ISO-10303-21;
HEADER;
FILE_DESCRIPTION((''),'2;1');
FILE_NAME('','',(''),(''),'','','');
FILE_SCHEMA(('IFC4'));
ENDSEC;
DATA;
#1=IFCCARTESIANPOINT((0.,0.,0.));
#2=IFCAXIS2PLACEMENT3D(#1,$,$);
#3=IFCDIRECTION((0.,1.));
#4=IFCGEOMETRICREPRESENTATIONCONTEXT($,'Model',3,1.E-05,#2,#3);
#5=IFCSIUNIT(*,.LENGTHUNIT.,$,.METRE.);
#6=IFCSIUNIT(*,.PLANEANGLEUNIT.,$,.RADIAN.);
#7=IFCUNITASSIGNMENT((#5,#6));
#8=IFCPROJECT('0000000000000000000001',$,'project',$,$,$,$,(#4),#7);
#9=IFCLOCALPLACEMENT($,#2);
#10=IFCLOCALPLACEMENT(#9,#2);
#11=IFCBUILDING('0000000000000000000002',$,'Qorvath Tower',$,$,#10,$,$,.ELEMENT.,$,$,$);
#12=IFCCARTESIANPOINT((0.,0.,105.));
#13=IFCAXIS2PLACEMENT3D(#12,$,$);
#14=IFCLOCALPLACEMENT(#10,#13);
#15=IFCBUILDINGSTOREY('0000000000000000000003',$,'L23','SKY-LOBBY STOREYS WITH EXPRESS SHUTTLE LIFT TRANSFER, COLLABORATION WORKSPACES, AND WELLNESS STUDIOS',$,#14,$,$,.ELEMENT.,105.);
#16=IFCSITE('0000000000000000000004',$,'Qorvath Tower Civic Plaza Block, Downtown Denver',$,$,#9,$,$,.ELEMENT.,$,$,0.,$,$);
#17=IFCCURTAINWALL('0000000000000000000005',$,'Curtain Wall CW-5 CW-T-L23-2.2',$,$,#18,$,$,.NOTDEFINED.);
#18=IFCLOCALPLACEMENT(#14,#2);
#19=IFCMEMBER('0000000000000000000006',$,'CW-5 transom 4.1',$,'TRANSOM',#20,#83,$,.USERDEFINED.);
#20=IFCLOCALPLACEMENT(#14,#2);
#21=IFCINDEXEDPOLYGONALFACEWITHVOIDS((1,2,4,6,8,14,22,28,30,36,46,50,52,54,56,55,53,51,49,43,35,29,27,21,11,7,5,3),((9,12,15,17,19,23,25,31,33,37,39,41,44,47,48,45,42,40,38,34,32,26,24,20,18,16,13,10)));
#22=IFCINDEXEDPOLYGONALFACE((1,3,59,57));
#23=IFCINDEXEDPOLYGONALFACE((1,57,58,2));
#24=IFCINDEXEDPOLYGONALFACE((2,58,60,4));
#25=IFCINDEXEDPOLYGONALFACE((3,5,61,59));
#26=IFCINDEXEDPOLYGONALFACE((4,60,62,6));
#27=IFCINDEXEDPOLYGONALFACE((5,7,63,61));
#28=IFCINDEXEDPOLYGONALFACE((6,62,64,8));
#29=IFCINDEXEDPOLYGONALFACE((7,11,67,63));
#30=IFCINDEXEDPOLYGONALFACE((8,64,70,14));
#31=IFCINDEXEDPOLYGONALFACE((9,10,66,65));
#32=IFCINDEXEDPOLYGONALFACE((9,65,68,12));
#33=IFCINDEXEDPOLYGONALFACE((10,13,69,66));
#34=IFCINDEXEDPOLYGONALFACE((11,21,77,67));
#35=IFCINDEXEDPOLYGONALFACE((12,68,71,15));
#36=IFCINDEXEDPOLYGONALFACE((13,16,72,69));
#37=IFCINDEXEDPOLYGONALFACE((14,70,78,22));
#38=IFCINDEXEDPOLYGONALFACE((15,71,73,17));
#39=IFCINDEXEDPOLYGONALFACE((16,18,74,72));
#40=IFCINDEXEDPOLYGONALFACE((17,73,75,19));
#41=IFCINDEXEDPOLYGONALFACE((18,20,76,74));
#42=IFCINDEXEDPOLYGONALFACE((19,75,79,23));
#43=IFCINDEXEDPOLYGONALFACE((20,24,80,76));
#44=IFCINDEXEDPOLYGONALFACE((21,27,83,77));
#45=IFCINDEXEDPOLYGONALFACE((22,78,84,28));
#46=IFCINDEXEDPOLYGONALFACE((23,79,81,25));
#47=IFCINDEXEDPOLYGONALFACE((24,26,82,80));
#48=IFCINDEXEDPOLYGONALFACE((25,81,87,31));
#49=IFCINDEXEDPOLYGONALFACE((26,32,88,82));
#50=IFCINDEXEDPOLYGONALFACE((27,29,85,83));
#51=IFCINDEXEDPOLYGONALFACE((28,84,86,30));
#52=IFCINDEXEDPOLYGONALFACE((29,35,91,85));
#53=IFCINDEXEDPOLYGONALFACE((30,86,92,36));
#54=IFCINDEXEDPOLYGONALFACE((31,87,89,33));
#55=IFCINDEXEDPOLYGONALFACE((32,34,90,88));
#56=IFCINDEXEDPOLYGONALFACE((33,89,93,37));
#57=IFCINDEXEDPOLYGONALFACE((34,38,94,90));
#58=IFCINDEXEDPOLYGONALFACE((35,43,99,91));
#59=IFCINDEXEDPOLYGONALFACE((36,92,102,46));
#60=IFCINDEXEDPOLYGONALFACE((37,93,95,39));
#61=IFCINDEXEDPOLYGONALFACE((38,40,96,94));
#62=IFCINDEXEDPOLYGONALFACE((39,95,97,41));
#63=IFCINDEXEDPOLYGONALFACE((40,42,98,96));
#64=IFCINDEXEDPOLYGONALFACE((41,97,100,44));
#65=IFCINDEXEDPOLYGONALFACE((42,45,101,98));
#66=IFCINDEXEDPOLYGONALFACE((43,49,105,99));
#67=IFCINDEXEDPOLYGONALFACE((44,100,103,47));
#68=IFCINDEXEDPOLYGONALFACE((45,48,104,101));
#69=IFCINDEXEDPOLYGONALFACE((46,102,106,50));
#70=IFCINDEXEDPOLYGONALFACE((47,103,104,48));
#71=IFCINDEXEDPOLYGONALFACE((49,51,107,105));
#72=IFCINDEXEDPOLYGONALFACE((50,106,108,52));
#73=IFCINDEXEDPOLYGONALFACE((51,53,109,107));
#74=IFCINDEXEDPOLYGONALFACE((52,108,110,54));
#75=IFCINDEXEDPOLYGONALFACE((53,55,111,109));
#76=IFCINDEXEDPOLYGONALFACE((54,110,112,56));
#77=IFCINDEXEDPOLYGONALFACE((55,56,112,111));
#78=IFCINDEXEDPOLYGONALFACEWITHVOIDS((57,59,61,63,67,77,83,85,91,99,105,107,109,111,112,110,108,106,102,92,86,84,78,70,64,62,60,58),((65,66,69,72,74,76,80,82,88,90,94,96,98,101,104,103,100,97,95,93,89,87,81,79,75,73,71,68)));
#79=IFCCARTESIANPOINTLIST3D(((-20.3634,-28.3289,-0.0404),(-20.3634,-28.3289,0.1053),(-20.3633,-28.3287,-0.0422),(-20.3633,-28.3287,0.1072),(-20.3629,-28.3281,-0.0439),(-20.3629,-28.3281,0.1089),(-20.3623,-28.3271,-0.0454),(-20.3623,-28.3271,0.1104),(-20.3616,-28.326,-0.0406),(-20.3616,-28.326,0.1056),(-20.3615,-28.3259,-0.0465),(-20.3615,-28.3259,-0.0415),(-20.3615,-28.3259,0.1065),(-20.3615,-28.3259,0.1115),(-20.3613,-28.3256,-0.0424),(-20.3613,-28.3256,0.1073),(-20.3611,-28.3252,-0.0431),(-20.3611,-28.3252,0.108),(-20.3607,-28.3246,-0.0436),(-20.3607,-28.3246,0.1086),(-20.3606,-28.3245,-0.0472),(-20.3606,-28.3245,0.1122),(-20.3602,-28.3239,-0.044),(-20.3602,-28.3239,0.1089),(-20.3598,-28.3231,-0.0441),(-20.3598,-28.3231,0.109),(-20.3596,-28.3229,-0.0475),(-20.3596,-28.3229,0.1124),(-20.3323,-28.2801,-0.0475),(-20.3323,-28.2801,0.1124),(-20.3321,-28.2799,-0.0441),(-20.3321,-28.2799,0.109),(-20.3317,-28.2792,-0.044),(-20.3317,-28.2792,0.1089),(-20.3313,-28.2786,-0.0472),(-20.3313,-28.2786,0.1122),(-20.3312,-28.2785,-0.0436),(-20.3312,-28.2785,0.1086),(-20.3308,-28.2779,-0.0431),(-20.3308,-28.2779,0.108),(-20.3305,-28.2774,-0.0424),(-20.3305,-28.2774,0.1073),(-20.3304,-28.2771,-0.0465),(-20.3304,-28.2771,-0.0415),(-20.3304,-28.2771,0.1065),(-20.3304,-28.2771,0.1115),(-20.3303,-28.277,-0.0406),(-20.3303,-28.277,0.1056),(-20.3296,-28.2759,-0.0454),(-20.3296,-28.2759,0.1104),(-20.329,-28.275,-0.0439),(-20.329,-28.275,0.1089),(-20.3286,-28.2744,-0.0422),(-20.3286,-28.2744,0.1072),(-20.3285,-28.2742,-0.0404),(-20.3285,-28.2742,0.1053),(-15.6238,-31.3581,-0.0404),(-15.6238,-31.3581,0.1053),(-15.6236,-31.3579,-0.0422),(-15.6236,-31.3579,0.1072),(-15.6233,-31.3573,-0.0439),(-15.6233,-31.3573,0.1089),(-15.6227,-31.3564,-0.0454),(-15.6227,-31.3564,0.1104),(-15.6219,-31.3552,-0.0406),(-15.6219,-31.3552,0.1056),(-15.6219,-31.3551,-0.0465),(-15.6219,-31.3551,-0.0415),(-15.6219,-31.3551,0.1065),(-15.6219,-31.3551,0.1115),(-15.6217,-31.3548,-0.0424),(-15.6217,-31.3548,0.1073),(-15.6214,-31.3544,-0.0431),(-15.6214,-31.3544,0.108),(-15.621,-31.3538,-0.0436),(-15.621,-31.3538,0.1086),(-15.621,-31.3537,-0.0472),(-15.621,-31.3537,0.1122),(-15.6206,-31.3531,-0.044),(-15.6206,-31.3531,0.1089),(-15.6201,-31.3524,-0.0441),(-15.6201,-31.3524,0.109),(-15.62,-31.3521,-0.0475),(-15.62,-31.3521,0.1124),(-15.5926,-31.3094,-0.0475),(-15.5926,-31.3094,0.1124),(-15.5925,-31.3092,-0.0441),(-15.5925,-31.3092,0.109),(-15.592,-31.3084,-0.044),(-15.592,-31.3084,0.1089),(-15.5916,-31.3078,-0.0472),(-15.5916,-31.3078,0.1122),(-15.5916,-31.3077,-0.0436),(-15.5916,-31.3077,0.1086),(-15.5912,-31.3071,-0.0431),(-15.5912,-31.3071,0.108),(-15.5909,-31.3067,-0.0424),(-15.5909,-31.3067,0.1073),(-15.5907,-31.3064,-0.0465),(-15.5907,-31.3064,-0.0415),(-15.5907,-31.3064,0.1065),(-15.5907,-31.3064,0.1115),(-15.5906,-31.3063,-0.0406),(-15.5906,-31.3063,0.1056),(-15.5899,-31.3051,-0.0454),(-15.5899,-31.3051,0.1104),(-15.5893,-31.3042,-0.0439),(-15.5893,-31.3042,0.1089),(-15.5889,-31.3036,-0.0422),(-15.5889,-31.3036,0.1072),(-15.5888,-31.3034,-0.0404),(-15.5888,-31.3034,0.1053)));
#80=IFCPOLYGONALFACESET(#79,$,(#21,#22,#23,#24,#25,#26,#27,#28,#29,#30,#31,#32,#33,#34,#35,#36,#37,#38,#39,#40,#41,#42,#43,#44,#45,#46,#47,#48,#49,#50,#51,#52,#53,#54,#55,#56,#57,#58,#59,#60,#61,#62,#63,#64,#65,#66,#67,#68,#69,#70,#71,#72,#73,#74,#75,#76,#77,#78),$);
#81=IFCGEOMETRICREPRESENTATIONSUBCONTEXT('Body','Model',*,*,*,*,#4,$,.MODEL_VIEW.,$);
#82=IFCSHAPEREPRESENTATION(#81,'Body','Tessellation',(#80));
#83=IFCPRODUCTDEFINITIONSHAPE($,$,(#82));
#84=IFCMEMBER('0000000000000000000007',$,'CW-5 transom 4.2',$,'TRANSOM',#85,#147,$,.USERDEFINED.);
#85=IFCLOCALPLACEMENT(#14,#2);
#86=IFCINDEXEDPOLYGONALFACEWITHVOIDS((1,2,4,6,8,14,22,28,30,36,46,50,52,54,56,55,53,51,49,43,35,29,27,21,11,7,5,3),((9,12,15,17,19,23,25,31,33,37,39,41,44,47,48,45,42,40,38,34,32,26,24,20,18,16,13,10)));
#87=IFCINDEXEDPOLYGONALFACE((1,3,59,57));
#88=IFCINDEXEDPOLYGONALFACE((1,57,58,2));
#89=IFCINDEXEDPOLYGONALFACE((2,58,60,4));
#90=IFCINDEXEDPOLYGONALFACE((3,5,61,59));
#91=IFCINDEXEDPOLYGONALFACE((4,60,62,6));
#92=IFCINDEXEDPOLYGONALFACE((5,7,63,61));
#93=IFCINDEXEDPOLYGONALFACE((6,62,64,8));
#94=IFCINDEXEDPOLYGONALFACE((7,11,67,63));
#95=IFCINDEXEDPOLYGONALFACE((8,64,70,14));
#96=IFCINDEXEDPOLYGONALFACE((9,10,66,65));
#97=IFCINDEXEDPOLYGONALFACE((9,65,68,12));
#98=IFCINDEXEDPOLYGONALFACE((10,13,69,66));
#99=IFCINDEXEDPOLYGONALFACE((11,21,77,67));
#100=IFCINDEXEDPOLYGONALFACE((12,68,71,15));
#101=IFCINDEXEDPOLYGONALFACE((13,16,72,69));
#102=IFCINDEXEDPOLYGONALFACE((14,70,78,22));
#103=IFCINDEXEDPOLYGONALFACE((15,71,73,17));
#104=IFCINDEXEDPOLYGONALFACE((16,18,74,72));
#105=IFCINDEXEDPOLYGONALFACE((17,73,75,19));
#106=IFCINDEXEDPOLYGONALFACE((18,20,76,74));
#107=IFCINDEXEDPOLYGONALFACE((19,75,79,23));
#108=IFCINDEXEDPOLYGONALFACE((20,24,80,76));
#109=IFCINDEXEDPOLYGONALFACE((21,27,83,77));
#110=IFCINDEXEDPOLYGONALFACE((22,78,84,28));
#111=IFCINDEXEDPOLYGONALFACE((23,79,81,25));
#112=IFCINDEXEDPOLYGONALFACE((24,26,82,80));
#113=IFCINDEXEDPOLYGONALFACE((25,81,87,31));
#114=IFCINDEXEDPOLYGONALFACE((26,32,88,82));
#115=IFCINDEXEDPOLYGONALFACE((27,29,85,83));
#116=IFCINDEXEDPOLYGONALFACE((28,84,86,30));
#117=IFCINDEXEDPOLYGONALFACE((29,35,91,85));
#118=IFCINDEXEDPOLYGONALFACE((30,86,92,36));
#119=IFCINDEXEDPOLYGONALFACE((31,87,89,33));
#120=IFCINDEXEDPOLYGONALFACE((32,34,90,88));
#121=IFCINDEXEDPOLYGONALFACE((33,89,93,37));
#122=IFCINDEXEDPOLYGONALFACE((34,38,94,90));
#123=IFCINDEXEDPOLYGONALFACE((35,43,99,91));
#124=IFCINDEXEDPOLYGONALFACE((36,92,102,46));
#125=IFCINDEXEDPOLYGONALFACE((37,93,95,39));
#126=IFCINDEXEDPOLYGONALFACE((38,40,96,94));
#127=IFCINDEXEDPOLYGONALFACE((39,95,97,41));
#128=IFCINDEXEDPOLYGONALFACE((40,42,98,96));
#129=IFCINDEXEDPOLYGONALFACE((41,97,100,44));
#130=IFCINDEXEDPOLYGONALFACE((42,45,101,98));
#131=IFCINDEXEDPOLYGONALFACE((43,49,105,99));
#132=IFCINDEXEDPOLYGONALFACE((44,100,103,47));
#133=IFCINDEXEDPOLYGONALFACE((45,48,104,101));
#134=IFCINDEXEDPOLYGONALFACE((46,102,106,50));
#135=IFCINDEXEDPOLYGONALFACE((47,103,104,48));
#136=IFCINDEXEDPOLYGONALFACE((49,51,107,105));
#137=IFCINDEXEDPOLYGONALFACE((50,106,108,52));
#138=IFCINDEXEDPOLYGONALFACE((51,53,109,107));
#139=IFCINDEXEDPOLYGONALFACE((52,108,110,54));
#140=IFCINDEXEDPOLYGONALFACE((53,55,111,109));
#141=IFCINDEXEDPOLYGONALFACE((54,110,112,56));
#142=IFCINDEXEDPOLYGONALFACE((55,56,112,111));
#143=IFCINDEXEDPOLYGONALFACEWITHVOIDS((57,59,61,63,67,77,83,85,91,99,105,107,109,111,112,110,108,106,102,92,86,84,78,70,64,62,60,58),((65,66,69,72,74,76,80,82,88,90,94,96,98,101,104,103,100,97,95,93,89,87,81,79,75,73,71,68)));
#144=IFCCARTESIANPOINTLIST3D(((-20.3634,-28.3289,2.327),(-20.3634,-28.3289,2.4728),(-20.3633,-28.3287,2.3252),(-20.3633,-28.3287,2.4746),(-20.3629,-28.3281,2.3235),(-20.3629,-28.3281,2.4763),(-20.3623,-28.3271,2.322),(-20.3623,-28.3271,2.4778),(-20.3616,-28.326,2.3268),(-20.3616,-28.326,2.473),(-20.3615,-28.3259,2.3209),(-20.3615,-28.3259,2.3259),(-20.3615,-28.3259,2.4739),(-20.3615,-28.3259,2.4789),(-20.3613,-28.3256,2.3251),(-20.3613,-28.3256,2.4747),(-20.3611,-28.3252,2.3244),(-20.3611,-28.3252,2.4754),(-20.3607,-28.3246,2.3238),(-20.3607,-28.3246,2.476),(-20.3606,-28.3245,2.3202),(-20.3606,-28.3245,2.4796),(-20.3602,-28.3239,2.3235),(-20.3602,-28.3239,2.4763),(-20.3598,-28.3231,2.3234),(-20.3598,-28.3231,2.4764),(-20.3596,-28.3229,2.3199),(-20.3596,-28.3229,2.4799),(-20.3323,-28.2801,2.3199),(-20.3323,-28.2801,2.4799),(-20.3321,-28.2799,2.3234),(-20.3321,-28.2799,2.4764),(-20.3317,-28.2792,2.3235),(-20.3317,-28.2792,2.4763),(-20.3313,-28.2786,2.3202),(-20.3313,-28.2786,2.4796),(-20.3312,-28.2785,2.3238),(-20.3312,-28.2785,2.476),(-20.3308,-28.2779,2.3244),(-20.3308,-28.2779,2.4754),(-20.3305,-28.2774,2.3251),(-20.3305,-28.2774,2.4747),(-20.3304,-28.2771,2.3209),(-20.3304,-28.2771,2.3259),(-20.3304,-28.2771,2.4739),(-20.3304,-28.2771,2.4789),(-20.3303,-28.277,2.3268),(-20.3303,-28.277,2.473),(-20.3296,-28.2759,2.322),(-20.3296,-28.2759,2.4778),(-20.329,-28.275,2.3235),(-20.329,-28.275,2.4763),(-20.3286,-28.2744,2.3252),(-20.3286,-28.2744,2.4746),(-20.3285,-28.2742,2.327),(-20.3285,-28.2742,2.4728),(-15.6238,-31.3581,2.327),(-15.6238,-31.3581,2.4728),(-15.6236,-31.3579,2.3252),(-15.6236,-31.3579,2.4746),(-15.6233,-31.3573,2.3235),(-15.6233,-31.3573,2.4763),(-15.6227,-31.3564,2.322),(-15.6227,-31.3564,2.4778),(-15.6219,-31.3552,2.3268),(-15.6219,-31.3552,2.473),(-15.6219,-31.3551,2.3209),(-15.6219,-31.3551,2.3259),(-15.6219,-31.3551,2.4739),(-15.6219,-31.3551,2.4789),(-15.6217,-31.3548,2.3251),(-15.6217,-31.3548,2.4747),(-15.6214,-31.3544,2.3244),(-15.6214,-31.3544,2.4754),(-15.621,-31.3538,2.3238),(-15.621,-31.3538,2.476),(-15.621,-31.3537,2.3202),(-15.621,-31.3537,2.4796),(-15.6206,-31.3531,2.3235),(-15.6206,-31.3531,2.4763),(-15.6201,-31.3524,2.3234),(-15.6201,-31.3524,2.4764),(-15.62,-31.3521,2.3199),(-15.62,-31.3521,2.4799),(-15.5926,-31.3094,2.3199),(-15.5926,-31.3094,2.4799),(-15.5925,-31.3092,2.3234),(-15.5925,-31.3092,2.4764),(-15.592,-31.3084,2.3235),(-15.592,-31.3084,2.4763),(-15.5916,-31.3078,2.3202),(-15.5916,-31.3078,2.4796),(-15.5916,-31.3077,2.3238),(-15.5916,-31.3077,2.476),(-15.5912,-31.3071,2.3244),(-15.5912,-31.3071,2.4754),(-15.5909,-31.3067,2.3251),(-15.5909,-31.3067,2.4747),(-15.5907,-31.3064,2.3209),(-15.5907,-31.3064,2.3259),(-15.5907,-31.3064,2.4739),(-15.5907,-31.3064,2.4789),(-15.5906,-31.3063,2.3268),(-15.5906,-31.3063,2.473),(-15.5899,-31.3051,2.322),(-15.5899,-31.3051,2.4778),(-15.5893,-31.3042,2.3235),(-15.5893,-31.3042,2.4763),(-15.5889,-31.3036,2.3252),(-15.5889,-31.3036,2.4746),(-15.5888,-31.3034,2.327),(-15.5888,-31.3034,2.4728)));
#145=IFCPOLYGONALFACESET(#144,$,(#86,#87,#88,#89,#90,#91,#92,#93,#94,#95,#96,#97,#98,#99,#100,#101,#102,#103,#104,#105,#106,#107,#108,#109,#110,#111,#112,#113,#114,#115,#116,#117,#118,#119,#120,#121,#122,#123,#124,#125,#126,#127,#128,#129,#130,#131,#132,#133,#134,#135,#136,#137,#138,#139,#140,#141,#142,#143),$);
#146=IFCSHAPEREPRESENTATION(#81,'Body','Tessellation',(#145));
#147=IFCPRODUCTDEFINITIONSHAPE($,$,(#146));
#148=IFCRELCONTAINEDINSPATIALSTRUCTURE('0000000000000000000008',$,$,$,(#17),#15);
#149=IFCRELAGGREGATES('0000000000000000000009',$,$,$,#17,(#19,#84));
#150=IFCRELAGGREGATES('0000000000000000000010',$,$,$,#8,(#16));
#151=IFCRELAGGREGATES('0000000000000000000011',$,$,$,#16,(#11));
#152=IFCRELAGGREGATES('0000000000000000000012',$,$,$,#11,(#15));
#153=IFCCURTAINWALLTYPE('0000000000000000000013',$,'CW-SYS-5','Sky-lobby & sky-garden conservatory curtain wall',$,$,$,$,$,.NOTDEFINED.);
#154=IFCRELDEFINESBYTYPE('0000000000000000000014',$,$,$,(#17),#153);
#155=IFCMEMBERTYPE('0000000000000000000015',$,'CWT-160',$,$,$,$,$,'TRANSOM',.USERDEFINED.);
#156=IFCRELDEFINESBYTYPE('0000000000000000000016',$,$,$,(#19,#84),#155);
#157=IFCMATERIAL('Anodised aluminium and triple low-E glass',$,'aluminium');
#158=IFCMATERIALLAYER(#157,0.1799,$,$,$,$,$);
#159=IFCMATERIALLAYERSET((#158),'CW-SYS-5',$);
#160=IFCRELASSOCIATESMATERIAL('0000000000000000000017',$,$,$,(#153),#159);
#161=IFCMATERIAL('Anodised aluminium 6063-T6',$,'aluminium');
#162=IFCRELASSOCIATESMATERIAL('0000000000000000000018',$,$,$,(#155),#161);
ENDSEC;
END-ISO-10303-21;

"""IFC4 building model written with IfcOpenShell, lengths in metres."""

from ifc_helpers import new_model, si_unit, direction, frame, origin, origin_2d, place, context, subcontext, project, spatial, hollow_rectangle, extrude, material, layer, layer_set, material_profile, profile_set, type_object, element, aggregate, save


model = new_model("IFC4")

# Units and contexts
model_context = context("Model", 3, precision=1e-05, world=origin(), true_north=direction((0.0, 1.0)))
body_context = subcontext(model_context, "Body", "Model", "MODEL_VIEW")
ifc_project = project(units=[si_unit("LENGTHUNIT", "METRE"), si_unit("PLANEANGLEUNIT", "RADIAN")], contexts=[model_context])

# Site, building, storey
site_placement = place(None, origin())
site = spatial("IfcSite", under=ifc_project, at=site_placement, Name="Qorvath Tower Civic Plaza Block, Downtown Denver", CompositionType="ELEMENT", RefElevation=0.0)
building_placement = place(site_placement, origin())
building = spatial("IfcBuilding", under=site, at=building_placement, Name="Qorvath Tower", CompositionType="ELEMENT")
storey_placement = place(building_placement, frame((0.0, 0.0, 105.0)))
storey = spatial("IfcBuildingStorey", under=building, at=storey_placement, Name="L23", Description="SKY-LOBBY STOREYS WITH EXPRESS SHUTTLE LIFT TRANSFER, COLLABORATION WORKSPACES, AND WELLNESS STUDIOS", CompositionType="ELEMENT", Elevation=105.0)

# Curtain wall, members
ifc_material_1 = material(Name="Anodised aluminium and triple low-E glass", Category="aluminium")
ifc_layer_1 = layer(ifc_material_1, 0.1799)
ifc_layer_set_1 = layer_set([ifc_layer_1], Name="CW-SYS-5")
curtain_wall_type = type_object("IfcCurtainWallType", Name="CW-SYS-5", Description="Sky-lobby & sky-garden conservatory curtain wall", PredefinedType="NOTDEFINED", material=ifc_layer_set_1)
curtain_wall_placement = place(storey_placement, origin())
curtain_wall = element("IfcCurtainWall", 1, at=curtain_wall_placement, inside=storey, type_object=curtain_wall_type, Name="Curtain Wall CW-5 CW-T-L23-2.2", PredefinedType="NOTDEFINED")
ifc_material_2 = material(Name="Anodised aluminium 6063-T6", Category="aluminium")
ifc_material_profile_1 = material_profile(ifc_material_2, hollow_rectangle(XDim=0.0649, YDim=0.1599, WallThickness=0.0034, InnerFilletRadius=0.0034, OuterFilletRadius=0.0071, at=origin_2d()), Name="CWT 160x65")
ifc_profile_set_1 = profile_set([ifc_material_profile_1], Name="Anodised aluminium 6063-T6")
member_type_1 = type_object("IfcMemberType", Name="CWT-160", ElementType="TRANSOM", PredefinedType="USERDEFINED", material=ifc_profile_set_1)
member_1_placement = place(storey_placement, frame((-20.3459, -28.3015, 0.0325), z_axis=(0.842605, -0.538531, 0.0), x_axis=(0.538531, 0.842605, 0.0)))
member_1 = element("IfcMember", 2, at=member_1_placement, type_object=member_type_1, Name="CW-5 transom 4.1", ObjectType="TRANSOM", PredefinedType="USERDEFINED", context=body_context, shape_type="SweptSolid", body=[
    extrude(hollow_rectangle(XDim=0.0649, YDim=0.1599, WallThickness=0.0034, InnerFilletRadius=0.0034, OuterFilletRadius=0.0071, at=origin_2d()), origin(), (0.0, 0.0, 1.0), 5.625),
])
member_2_placement = place(storey_placement, frame((-20.3459, -28.3015, 2.3999), z_axis=(0.842605, -0.538531, 0.0), x_axis=(0.538531, 0.842605, 0.0)))
member_2 = element("IfcMember", 3, at=member_2_placement, type_object=member_type_1, Name="CW-5 transom 4.2", ObjectType="TRANSOM", PredefinedType="USERDEFINED", context=body_context, shape_type="SweptSolid", body=[
    extrude(hollow_rectangle(XDim=0.0649, YDim=0.1599, WallThickness=0.0034, InnerFilletRadius=0.0034, OuterFilletRadius=0.0071, at=origin_2d()), origin(), (0.0, 0.0, 1.0), 5.625),
])

aggregate(curtain_wall, [member_1, member_2])

save(model, "model.ifc")
